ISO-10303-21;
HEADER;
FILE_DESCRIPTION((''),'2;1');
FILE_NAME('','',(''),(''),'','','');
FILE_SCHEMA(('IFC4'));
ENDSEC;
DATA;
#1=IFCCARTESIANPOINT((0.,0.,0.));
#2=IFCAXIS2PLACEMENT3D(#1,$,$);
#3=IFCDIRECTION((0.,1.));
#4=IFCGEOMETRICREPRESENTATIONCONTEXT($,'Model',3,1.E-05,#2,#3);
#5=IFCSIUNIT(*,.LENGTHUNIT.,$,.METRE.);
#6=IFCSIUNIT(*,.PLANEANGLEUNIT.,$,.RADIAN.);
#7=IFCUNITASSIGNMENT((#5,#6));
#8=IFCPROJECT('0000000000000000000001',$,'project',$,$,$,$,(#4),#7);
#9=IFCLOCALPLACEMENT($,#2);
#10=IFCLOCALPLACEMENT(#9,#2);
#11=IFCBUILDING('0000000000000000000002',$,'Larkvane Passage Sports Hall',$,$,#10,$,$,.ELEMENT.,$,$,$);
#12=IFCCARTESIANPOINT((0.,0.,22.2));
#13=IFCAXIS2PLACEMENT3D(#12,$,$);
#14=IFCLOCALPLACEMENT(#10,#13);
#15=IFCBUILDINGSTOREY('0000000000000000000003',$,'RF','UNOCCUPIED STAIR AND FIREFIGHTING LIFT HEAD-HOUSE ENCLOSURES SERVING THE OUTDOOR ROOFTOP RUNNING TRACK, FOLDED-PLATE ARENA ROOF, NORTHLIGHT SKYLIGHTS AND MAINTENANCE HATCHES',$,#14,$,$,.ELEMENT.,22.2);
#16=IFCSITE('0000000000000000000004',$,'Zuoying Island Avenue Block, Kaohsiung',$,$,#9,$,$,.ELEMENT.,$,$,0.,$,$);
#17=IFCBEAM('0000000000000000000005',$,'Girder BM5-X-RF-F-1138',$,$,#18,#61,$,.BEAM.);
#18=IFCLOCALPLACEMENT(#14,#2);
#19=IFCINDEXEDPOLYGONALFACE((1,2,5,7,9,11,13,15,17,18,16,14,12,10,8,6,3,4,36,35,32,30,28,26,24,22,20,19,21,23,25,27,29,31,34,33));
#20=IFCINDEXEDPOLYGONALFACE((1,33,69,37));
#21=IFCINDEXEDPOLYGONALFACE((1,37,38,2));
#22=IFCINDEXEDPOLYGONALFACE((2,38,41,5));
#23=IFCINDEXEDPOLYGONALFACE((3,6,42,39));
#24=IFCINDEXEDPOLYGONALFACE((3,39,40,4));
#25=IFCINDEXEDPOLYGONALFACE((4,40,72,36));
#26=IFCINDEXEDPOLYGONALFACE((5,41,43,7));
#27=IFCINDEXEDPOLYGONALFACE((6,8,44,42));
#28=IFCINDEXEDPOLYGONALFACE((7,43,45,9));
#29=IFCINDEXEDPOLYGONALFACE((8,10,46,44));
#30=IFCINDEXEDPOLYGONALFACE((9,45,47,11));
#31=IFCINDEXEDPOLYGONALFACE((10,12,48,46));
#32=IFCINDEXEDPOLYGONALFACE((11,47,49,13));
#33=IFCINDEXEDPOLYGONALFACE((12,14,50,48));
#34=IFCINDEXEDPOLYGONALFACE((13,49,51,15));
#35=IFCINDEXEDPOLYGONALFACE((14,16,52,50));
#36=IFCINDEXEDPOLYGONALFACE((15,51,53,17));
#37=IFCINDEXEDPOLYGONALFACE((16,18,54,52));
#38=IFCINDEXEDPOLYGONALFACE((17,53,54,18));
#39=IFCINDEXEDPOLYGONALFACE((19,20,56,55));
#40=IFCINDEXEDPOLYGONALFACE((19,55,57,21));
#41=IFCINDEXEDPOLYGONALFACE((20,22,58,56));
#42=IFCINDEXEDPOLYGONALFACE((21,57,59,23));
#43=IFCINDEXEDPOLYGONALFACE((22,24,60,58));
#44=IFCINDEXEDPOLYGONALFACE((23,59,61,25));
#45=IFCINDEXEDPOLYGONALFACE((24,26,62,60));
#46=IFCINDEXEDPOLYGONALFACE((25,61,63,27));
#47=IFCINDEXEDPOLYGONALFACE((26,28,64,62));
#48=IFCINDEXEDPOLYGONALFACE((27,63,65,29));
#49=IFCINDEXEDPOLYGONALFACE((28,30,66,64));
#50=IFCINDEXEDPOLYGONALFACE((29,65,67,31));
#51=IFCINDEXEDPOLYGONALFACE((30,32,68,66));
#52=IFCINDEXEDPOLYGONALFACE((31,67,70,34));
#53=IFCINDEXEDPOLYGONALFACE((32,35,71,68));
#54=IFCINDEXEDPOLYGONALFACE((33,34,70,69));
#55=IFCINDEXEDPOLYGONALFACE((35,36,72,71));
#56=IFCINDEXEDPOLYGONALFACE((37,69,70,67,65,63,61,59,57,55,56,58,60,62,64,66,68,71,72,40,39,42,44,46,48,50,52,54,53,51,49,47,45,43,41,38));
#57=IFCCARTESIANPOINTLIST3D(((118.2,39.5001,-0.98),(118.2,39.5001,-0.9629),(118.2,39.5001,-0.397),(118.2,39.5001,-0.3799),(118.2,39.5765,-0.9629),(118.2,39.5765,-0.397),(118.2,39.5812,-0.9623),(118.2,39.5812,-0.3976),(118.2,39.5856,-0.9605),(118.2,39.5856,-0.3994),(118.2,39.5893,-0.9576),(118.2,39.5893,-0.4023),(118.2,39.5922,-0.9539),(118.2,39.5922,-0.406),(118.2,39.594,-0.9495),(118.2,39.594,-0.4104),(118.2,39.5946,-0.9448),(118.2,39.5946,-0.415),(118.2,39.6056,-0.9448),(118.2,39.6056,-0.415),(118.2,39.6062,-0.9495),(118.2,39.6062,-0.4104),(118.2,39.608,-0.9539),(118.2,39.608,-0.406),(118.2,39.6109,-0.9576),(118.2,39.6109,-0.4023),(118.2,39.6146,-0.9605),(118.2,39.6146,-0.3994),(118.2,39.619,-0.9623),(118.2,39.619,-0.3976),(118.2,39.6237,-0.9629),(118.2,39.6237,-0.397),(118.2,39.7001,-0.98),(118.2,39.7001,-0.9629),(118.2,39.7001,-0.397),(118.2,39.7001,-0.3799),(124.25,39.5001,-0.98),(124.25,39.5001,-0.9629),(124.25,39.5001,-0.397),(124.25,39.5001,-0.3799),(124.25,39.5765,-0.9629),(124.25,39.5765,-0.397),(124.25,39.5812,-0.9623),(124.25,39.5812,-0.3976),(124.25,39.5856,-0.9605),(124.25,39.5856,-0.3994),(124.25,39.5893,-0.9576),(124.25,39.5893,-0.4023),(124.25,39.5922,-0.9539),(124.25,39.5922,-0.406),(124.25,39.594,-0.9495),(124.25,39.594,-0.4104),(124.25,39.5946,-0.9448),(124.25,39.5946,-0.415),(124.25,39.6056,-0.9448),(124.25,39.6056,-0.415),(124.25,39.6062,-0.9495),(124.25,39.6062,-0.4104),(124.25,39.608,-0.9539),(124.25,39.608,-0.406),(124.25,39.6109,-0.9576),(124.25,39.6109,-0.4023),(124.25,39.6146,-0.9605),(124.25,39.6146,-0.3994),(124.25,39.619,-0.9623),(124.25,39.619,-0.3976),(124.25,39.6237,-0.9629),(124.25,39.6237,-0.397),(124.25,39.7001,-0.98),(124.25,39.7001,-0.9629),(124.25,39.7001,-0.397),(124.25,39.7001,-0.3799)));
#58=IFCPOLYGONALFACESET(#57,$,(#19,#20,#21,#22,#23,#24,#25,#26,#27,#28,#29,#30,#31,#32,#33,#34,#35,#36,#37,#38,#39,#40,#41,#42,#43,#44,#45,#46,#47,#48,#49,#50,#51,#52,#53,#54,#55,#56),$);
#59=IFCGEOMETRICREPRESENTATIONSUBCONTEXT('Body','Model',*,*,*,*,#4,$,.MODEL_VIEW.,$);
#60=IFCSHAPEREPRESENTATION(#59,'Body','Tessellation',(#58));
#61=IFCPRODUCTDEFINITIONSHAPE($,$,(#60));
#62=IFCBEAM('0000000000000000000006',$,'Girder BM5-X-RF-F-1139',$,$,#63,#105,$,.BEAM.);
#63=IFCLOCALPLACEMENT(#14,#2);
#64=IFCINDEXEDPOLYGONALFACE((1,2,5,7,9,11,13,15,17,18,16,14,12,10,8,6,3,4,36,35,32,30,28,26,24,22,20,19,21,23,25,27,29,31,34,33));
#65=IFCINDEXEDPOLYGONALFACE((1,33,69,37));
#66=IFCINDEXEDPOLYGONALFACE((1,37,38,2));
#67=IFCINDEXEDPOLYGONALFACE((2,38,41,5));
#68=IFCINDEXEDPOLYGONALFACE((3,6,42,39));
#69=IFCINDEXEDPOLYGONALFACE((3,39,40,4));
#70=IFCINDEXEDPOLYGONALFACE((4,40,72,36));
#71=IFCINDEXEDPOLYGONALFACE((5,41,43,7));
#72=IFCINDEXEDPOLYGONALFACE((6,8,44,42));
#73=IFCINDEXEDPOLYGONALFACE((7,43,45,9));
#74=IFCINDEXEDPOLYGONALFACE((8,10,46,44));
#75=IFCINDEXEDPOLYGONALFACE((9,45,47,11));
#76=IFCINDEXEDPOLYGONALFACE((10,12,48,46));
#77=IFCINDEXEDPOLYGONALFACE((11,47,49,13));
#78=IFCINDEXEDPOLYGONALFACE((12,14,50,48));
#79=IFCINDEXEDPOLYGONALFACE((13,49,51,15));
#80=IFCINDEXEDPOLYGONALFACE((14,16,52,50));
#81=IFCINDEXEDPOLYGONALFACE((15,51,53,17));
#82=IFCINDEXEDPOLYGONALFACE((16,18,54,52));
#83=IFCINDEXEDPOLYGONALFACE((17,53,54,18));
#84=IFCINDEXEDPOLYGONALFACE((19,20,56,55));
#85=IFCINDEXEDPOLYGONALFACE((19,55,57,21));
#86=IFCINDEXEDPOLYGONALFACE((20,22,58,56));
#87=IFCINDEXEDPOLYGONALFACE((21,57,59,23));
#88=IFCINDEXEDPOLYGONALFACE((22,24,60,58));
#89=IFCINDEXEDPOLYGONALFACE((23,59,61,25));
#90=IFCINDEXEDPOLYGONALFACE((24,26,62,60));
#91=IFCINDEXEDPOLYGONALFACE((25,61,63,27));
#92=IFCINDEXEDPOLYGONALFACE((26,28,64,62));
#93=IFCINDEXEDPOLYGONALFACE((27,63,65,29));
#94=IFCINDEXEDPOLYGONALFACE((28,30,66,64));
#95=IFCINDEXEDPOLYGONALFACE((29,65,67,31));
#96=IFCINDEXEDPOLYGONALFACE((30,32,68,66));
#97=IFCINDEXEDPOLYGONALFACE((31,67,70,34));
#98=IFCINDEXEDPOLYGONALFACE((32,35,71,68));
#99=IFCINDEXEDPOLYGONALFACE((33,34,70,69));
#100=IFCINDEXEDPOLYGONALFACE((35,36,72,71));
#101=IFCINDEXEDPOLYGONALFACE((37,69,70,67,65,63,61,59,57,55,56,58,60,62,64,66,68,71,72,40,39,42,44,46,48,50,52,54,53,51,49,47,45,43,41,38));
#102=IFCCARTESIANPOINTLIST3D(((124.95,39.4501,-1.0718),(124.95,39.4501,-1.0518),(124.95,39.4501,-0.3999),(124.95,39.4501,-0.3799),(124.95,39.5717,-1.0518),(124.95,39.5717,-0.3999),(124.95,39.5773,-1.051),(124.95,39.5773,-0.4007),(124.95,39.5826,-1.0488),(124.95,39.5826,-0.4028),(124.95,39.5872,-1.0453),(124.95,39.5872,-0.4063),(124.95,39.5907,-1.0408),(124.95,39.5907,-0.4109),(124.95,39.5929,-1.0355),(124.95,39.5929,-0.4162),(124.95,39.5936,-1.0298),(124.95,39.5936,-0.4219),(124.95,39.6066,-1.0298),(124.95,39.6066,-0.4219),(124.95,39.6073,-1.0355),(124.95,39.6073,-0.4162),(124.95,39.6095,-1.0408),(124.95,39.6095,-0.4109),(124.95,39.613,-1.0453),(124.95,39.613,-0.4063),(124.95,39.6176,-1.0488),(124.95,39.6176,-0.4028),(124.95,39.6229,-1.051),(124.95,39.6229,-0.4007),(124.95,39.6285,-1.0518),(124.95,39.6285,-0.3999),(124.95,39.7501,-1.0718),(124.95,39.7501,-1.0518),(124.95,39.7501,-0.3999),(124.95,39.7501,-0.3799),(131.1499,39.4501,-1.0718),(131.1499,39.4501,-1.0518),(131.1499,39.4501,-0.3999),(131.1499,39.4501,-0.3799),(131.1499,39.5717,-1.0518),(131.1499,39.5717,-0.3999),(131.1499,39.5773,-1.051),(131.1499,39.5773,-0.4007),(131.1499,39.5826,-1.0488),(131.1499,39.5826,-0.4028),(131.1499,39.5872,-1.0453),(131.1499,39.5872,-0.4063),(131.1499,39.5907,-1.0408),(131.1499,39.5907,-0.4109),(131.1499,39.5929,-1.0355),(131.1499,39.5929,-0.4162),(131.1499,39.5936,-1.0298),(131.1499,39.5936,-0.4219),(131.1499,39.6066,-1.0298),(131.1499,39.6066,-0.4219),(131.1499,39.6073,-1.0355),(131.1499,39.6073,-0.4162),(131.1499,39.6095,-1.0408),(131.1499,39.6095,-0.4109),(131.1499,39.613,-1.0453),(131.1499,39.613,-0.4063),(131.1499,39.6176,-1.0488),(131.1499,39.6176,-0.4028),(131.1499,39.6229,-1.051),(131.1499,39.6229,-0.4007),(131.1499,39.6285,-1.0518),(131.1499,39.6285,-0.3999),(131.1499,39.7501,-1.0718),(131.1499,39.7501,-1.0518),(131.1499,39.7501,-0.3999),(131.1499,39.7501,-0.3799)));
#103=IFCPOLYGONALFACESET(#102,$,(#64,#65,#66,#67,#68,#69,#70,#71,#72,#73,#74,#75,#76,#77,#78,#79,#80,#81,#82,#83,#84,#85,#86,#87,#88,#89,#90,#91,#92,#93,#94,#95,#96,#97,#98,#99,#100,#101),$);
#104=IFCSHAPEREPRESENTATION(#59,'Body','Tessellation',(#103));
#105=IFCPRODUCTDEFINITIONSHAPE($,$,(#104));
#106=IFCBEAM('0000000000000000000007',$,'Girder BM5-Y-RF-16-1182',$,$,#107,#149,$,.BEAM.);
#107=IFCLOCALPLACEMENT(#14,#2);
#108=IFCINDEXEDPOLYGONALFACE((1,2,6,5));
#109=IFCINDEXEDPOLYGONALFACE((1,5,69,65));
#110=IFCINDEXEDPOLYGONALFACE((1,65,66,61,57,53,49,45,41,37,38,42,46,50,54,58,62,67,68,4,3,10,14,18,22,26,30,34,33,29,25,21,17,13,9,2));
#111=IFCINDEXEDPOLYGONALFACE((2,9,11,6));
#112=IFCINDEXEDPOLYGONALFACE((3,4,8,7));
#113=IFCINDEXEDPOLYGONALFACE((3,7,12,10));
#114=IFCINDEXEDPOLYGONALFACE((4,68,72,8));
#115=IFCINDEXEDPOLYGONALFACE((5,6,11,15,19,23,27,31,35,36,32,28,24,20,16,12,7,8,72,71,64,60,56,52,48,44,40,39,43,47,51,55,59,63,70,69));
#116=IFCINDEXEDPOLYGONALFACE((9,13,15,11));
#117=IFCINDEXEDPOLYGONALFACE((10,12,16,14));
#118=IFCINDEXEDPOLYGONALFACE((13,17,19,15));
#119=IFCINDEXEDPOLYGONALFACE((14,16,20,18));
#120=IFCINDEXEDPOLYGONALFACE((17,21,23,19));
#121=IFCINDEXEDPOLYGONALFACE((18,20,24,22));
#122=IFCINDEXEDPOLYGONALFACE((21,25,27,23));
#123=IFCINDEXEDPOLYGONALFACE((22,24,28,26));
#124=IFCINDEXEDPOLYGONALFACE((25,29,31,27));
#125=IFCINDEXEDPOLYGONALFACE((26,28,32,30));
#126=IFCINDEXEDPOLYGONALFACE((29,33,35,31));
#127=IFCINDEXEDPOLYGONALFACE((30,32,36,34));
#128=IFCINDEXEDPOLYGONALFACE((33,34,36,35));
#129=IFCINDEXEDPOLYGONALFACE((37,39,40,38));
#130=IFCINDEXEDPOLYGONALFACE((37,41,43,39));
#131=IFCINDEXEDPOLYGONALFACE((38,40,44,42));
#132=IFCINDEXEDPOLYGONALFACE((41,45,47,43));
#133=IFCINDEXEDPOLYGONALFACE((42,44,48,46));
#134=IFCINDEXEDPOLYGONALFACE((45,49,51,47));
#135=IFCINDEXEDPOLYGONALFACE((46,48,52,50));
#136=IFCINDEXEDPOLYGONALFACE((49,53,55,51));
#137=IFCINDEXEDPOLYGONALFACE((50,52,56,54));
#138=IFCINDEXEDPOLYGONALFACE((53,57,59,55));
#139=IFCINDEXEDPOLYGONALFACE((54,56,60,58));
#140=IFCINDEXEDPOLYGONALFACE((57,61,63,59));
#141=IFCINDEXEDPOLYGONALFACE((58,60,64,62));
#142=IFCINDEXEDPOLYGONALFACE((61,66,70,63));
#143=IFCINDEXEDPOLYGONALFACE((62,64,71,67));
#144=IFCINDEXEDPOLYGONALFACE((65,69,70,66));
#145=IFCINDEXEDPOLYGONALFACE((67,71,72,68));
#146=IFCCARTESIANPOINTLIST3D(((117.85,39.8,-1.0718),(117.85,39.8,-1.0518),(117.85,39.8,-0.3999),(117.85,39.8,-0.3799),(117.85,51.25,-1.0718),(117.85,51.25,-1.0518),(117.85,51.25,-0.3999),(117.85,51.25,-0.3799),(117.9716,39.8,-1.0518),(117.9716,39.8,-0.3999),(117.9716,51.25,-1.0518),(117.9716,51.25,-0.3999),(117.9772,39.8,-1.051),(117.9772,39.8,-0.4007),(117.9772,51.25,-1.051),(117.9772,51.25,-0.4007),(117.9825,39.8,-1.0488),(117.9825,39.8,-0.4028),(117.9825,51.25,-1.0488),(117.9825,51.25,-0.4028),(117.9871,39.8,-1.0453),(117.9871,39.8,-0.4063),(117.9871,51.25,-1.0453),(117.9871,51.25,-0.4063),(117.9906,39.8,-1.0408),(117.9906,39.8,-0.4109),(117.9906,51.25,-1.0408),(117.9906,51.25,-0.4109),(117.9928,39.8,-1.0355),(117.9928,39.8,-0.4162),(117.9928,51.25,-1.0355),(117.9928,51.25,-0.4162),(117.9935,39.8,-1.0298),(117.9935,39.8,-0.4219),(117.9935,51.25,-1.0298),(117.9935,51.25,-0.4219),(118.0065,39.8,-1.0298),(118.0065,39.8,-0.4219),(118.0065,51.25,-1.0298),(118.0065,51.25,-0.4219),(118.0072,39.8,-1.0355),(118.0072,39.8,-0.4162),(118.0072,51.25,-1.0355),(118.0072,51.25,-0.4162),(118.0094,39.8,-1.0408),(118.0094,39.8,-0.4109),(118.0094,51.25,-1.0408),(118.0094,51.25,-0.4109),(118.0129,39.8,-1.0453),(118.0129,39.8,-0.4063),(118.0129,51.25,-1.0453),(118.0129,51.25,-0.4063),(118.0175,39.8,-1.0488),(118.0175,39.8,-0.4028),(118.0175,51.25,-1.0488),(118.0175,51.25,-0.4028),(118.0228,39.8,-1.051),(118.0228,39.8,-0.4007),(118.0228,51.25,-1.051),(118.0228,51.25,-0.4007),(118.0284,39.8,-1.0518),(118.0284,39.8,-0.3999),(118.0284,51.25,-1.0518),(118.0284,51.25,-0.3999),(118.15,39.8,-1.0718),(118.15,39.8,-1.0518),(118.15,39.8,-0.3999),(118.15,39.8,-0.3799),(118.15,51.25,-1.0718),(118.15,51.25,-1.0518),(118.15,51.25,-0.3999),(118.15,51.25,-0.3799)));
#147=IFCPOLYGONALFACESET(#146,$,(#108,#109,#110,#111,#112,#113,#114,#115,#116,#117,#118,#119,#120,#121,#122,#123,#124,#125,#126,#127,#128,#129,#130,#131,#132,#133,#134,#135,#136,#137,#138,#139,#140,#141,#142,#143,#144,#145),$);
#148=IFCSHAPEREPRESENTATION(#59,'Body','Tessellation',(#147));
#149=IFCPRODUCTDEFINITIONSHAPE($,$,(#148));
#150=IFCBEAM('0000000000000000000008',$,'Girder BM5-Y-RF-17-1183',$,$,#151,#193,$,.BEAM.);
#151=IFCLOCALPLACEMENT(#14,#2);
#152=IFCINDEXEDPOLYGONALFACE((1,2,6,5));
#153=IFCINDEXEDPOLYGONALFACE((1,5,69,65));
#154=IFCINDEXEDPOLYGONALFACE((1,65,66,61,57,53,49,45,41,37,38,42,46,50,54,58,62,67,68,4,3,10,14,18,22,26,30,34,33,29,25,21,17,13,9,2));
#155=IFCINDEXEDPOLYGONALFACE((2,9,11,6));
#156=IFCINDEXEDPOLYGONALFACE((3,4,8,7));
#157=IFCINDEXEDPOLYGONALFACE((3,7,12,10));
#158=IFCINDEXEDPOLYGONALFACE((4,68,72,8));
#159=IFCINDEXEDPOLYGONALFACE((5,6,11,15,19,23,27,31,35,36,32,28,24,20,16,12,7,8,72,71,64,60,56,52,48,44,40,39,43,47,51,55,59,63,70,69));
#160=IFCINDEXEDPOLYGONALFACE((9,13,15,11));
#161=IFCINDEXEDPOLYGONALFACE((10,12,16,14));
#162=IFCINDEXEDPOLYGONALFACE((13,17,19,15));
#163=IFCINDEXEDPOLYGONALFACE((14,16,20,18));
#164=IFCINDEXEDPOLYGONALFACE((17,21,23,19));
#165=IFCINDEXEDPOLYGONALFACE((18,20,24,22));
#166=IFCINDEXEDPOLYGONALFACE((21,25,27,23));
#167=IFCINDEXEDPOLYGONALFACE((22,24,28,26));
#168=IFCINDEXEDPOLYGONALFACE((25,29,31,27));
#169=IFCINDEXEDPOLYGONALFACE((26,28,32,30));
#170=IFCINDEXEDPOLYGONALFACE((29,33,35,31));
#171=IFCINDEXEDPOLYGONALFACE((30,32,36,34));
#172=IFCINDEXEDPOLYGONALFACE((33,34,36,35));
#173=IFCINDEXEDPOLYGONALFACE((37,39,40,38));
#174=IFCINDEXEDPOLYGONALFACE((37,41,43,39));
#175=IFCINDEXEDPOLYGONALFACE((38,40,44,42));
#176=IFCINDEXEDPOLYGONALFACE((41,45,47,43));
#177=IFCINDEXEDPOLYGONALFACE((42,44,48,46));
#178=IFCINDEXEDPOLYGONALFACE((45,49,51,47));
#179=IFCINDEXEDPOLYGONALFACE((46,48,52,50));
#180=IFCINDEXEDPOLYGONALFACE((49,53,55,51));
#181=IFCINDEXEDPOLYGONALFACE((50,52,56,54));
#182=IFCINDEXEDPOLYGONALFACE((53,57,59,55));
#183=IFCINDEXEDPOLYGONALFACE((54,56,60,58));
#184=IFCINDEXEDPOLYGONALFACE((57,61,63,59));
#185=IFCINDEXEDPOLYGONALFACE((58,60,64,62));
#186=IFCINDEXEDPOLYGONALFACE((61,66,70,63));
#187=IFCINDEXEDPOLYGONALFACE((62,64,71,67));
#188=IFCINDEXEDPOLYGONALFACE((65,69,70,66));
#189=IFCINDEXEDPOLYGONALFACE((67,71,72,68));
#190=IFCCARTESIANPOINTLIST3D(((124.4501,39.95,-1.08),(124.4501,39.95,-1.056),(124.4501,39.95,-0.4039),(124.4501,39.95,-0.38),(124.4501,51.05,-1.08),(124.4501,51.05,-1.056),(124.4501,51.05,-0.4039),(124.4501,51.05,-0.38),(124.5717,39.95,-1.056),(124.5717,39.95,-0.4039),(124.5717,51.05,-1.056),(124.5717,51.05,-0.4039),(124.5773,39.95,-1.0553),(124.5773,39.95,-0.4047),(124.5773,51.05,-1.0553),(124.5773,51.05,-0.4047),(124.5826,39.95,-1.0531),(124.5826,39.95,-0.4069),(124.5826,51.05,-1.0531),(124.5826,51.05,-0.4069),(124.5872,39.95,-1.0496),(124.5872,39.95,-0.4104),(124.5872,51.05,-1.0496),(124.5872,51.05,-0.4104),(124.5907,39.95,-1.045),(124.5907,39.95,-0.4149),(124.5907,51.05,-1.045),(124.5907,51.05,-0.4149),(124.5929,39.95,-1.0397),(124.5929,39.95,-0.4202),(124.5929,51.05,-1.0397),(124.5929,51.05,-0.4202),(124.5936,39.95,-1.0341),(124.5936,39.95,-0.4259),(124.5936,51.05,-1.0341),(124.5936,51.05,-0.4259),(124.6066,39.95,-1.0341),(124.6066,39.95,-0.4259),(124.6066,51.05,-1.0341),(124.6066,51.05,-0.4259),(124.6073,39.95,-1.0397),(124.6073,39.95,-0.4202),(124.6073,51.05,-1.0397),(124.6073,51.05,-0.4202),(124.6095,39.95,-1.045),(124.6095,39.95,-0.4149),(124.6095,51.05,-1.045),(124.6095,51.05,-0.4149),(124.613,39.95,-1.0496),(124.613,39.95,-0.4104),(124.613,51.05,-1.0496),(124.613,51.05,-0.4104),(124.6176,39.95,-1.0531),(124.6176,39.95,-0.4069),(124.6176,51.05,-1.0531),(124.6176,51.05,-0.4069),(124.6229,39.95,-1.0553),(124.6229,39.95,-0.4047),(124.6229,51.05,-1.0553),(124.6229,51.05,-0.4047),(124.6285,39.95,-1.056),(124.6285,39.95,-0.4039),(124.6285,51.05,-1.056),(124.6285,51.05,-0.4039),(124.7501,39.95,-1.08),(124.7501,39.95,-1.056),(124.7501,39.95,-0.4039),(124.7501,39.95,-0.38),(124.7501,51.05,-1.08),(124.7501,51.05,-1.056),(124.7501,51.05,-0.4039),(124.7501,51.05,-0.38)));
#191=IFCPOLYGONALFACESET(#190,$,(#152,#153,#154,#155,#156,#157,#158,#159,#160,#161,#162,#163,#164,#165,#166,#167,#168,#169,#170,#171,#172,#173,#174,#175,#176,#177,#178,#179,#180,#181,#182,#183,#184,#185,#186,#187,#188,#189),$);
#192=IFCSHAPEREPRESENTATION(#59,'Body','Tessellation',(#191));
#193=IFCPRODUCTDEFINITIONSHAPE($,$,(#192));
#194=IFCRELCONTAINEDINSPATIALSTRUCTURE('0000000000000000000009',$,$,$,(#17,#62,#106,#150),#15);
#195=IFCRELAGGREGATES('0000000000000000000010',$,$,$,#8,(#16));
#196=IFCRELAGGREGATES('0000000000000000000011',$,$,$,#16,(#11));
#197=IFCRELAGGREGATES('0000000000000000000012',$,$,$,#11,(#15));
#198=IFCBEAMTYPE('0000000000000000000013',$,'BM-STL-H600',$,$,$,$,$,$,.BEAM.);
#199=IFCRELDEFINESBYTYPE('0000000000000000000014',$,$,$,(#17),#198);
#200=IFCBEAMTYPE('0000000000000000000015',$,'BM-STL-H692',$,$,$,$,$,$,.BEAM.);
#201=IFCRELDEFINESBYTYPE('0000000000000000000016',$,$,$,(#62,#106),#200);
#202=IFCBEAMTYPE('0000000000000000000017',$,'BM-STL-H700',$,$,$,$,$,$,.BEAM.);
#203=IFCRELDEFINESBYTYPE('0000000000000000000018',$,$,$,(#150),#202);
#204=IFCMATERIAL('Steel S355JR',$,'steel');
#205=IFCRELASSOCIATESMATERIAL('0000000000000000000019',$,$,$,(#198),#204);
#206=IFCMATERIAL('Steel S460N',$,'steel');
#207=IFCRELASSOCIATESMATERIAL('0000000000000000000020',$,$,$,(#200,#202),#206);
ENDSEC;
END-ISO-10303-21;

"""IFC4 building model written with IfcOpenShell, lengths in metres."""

from ifc_helpers import new_model, si_unit, direction, frame, origin, origin_2d, place, context, subcontext, project, spatial, i_section, extrude, material, material_profile, profile_set, type_object, element, save


model = new_model("IFC4")

# Units and contexts
model_context = context("Model", 3, precision=1e-05, world=origin(), true_north=direction((0.0, 1.0)))
body_context = subcontext(model_context, "Body", "Model", "MODEL_VIEW")
ifc_project = project(units=[si_unit("LENGTHUNIT", "METRE"), si_unit("PLANEANGLEUNIT", "RADIAN")], contexts=[model_context])

# Site, building, storey
site_placement = place(None, origin())
site = spatial("IfcSite", under=ifc_project, at=site_placement, Name="Zuoying Island Avenue Block, Kaohsiung", CompositionType="ELEMENT", RefElevation=0.0)
building_placement = place(site_placement, origin())
building = spatial("IfcBuilding", under=site, at=building_placement, Name="Larkvane Passage Sports Hall", CompositionType="ELEMENT")
storey_placement = place(building_placement, frame((0.0, 0.0, 22.2)))
storey = spatial("IfcBuildingStorey", under=building, at=storey_placement, Name="RF", Description="UNOCCUPIED STAIR AND FIREFIGHTING LIFT HEAD-HOUSE ENCLOSURES SERVING THE OUTDOOR ROOFTOP RUNNING TRACK, FOLDED-PLATE ARENA ROOF, NORTHLIGHT SKYLIGHTS AND MAINTENANCE HATCHES", CompositionType="ELEMENT", Elevation=22.2)

# Beams
ifc_material_1 = material(Name="Steel S355JR", Category="steel")
ifc_material_profile_1 = material_profile(ifc_material_1, i_section(OverallWidth=0.2, OverallDepth=0.6001, WebThickness=0.011, FlangeThickness=0.0171, FilletRadius=0.0181, at=origin_2d()), Name="H-600x200x11x17")
ifc_profile_set_1 = profile_set([ifc_material_profile_1], Name="Steel S355JR")
beam_type_1 = type_object("IfcBeamType", Name="BM-STL-H600", PredefinedType="BEAM", material=ifc_profile_set_1)
beam_1_placement = place(storey_placement, frame((118.2, 39.6001, -0.6799), z_axis=(1.0, 0.0, 0.0), x_axis=(0.0, 1.0, 0.0)))
element("IfcBeam", 1, at=beam_1_placement, inside=storey, type_object=beam_type_1, Name="Girder BM5-X-RF-F-1138", PredefinedType="BEAM", context=body_context, shape_type="SweptSolid", body=[
    extrude(i_section(OverallWidth=0.2, OverallDepth=0.6001, WebThickness=0.011, FlangeThickness=0.0171, FilletRadius=0.0181, at=origin_2d()), origin(), (0.0, 0.0, 1.0), 6.05),
])
ifc_material_2 = material(Name="Steel S460N", Category="steel")
ifc_material_profile_2 = material_profile(ifc_material_2, i_section(OverallWidth=0.3, OverallDepth=0.6919, WebThickness=0.0129, FlangeThickness=0.02, FilletRadius=0.022, at=origin_2d()), Name="H-692x300x13x20")
ifc_profile_set_2 = profile_set([ifc_material_profile_2], Name="Steel S460N")
beam_type_2 = type_object("IfcBeamType", Name="BM-STL-H692", PredefinedType="BEAM", material=ifc_profile_set_2)
beam_2_placement = place(storey_placement, frame((124.95, 39.6001, -0.7258), z_axis=(1.0, 0.0, 0.0), x_axis=(0.0, 1.0, 0.0)))
element("IfcBeam", 2, at=beam_2_placement, inside=storey, type_object=beam_type_2, Name="Girder BM5-X-RF-F-1139", PredefinedType="BEAM", context=body_context, shape_type="SweptSolid", body=[
    extrude(i_section(OverallWidth=0.3, OverallDepth=0.6919, WebThickness=0.0129, FlangeThickness=0.02, FilletRadius=0.022, at=origin_2d()), origin(), (0.0, 0.0, 1.0), 6.2),
])
beam_3_placement = place(storey_placement, frame((118.0, 39.8, -0.7258), z_axis=(0.0, 1.0, 0.0), x_axis=(-1.0, 0.0, 0.0)))
element("IfcBeam", 3, at=beam_3_placement, inside=storey, type_object=beam_type_2, Name="Girder BM5-Y-RF-16-1182", PredefinedType="BEAM", context=body_context, shape_type="SweptSolid", body=[
    extrude(i_section(OverallWidth=0.3, OverallDepth=0.6919, WebThickness=0.0129, FlangeThickness=0.02, FilletRadius=0.022, at=origin_2d()), origin(), (0.0, 0.0, 1.0), 11.45),
])
ifc_material_profile_3 = material_profile(ifc_material_2, i_section(OverallWidth=0.3, OverallDepth=0.7, WebThickness=0.0129, FlangeThickness=0.0239, FilletRadius=0.022, at=origin_2d()), Name="H-700x300x13x24")
ifc_profile_set_3 = profile_set([ifc_material_profile_3], Name="Steel S460N")
beam_type_3 = type_object("IfcBeamType", Name="BM-STL-H700", PredefinedType="BEAM", material=ifc_profile_set_3)
beam_4_placement = place(storey_placement, frame((124.6001, 39.95, -0.73), z_axis=(0.0, 1.0, 0.0), x_axis=(-1.0, 0.0, 0.0)))
element("IfcBeam", 4, at=beam_4_placement, inside=storey, type_object=beam_type_3, Name="Girder BM5-Y-RF-17-1183", PredefinedType="BEAM", context=body_context, shape_type="SweptSolid", body=[
    extrude(i_section(OverallWidth=0.3, OverallDepth=0.7, WebThickness=0.0129, FlangeThickness=0.0239, FilletRadius=0.022, at=origin_2d()), origin(), (0.0, 0.0, 1.0), 11.1001),
])

save(model, "model.ifc")
